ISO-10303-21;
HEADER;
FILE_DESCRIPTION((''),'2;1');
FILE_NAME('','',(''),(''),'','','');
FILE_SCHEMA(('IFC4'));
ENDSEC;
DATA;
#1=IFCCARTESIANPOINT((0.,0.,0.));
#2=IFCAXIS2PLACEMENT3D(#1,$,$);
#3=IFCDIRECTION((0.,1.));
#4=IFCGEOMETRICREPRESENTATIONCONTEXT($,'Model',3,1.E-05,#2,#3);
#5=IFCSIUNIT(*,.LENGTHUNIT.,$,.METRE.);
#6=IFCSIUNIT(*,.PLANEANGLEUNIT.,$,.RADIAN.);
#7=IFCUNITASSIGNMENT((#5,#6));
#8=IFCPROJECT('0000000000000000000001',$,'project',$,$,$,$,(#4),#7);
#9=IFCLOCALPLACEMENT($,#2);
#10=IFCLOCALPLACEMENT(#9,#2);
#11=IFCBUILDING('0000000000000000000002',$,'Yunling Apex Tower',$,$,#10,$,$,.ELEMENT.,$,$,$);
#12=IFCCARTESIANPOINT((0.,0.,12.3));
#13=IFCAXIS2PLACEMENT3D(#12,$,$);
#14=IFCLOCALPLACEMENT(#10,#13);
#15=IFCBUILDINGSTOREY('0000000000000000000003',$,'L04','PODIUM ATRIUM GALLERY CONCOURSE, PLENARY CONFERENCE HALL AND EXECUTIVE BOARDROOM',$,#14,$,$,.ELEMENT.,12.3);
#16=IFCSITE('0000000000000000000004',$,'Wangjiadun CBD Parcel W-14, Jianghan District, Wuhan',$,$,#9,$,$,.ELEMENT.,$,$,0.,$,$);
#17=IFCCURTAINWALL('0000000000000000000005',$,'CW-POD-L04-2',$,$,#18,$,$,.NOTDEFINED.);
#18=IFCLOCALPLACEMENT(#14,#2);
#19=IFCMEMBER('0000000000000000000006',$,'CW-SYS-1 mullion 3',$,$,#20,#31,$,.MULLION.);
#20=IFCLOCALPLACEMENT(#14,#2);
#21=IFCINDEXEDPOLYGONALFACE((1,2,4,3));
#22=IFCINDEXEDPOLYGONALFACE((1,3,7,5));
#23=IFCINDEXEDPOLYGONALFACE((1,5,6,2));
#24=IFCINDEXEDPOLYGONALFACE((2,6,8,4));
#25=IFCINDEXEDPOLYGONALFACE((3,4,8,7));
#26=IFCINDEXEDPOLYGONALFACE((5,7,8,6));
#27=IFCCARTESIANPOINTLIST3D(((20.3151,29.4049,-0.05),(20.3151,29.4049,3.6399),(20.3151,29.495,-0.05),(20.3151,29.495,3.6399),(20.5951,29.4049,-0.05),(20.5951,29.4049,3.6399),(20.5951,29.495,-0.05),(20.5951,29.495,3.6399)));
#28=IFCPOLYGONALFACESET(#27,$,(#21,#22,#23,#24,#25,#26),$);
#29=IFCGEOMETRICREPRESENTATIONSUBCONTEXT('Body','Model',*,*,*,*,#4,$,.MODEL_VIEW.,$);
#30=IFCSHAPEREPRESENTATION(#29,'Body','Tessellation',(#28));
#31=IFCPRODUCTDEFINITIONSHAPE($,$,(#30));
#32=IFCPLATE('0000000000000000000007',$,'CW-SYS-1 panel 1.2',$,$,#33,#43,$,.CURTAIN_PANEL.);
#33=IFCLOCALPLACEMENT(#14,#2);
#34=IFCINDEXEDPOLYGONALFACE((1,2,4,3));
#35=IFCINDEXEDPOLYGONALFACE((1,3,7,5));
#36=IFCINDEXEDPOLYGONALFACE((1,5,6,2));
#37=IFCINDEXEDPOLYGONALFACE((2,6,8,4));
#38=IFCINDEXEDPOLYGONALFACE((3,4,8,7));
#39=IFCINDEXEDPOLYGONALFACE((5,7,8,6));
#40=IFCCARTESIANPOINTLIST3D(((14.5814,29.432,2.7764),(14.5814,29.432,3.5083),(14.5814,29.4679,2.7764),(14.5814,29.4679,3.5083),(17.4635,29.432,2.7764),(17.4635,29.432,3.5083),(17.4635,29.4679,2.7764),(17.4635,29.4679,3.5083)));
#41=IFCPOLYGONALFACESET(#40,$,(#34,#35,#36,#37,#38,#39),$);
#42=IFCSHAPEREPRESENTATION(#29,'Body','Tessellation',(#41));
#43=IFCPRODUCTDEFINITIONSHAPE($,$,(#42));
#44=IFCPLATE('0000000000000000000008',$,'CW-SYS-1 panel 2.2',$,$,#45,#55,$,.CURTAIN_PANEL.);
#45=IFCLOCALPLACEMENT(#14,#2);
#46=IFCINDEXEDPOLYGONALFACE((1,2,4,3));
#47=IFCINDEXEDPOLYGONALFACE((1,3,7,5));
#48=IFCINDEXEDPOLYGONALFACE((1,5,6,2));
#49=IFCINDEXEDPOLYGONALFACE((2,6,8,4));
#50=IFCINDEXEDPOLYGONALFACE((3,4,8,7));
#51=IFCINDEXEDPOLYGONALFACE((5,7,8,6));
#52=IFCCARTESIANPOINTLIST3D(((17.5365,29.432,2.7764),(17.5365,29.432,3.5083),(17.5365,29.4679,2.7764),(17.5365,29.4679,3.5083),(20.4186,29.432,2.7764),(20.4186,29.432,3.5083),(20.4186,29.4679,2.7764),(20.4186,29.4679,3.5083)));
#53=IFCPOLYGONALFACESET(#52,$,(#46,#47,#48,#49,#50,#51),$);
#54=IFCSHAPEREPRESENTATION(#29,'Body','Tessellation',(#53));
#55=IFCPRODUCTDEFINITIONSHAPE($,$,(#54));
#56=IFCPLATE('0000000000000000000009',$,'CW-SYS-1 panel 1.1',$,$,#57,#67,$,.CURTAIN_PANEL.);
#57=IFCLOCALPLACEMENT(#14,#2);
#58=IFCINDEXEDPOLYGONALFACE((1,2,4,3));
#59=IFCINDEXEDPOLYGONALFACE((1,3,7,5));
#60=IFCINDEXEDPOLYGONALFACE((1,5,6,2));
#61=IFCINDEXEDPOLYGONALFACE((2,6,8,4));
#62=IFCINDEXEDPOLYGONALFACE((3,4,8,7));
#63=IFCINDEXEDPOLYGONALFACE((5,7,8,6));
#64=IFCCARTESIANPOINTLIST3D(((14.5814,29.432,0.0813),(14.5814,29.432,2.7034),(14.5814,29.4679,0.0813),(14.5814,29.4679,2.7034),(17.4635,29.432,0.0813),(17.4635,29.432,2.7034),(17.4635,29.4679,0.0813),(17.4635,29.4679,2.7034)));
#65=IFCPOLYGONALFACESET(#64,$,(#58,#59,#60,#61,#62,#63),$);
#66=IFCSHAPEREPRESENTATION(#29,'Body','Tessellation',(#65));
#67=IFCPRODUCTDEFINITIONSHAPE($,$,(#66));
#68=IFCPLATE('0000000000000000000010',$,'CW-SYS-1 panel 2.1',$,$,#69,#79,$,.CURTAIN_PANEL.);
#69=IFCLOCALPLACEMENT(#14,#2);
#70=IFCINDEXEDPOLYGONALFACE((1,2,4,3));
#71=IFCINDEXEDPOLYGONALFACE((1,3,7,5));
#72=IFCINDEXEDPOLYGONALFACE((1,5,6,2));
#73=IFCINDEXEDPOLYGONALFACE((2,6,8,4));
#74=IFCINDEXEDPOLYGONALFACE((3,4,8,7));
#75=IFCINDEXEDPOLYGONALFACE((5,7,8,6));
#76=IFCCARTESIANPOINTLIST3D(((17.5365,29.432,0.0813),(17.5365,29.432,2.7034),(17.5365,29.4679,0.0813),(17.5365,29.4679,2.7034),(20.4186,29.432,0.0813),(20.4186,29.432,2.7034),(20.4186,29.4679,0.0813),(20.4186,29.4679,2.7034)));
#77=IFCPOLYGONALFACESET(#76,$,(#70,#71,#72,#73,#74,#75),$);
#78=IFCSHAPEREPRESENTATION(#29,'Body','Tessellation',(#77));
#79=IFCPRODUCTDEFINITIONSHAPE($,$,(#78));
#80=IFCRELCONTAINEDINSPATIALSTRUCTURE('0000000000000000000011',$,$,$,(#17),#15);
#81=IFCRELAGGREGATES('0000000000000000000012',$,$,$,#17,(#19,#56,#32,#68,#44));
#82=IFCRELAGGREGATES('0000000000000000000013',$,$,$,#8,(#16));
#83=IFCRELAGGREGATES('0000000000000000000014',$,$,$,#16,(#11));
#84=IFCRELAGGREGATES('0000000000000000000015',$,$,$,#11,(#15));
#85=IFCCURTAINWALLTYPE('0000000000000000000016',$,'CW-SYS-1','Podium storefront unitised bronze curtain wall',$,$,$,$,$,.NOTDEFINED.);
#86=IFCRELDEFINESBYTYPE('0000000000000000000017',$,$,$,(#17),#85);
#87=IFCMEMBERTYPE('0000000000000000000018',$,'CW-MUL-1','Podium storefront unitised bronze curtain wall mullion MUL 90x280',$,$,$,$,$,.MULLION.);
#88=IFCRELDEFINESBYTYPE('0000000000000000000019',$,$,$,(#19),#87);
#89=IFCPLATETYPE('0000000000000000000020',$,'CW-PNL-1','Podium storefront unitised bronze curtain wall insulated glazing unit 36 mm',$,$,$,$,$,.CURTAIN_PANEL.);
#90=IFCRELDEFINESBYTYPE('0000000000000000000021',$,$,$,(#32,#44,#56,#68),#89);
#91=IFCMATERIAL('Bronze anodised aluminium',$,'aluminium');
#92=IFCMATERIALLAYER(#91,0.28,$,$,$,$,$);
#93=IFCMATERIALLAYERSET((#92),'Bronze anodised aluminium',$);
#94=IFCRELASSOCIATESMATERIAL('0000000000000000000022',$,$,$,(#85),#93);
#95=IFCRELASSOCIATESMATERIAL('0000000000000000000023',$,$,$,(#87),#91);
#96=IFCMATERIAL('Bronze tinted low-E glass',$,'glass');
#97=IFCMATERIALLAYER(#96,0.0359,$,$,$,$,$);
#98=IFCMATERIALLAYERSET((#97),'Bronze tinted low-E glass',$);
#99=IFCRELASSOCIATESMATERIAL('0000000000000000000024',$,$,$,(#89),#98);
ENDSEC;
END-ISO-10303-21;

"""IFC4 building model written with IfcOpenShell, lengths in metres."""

from ifc_helpers import new_model, si_unit, direction, frame, origin, origin_2d, place, context, subcontext, project, spatial, rectangle, extrude, source, transform, mapped, material, layer, layer_set, material_profile, profile_set, type_object, element, aggregate, save


model = new_model("IFC4")

# Units and contexts
model_context = context("Model", 3, precision=1e-05, world=origin(), true_north=direction((0.0, 1.0)))
body_context = subcontext(model_context, "Body", "Model", "MODEL_VIEW")
ifc_project = project(units=[si_unit("LENGTHUNIT", "METRE"), si_unit("PLANEANGLEUNIT", "RADIAN")], contexts=[model_context])

# Site, building, storey
site_placement = place(None, origin())
site = spatial("IfcSite", under=ifc_project, at=site_placement, Name="Wangjiadun CBD Parcel W-14, Jianghan District, Wuhan", CompositionType="ELEMENT", RefElevation=0.0)
building_placement = place(site_placement, origin())
building = spatial("IfcBuilding", under=site, at=building_placement, Name="Yunling Apex Tower", CompositionType="ELEMENT")
storey_placement = place(building_placement, frame((0.0, 0.0, 12.3)))
storey = spatial("IfcBuildingStorey", under=building, at=storey_placement, Name="L04", Description="PODIUM ATRIUM GALLERY CONCOURSE, PLENARY CONFERENCE HALL AND EXECUTIVE BOARDROOM", CompositionType="ELEMENT", Elevation=12.3)

# Curtain wall, member, plates
ifc_material_1 = material(Name="Bronze anodised aluminium", Category="aluminium")
ifc_layer_1 = layer(ifc_material_1, 0.28)
ifc_layer_set_1 = layer_set([ifc_layer_1], Name="Bronze anodised aluminium")
curtain_wall_type = type_object("IfcCurtainWallType", Name="CW-SYS-1", Description="Podium storefront unitised bronze curtain wall", PredefinedType="NOTDEFINED", material=ifc_layer_set_1)
curtain_wall_placement = place(storey_placement, origin())
curtain_wall = element("IfcCurtainWall", 1, at=curtain_wall_placement, inside=storey, type_object=curtain_wall_type, Name="CW-POD-L04-2", PredefinedType="NOTDEFINED")
ifc_material_profile_1 = material_profile(ifc_material_1, rectangle(XDim=0.0901, YDim=0.28, at=origin_2d()))
ifc_profile_set_1 = profile_set([ifc_material_profile_1], Name="Bronze anodised aluminium")
member_type_1 = type_object("IfcMemberType", Name="CW-MUL-1", Description="Podium storefront unitised bronze curtain wall mullion MUL 90x280", PredefinedType="MULLION", material=ifc_profile_set_1)
shared_shape_1 = source(origin(), body_context, "Body", "SweptSolid", [
    extrude(rectangle(XDim=0.0901, YDim=0.28, at=origin_2d()), origin(), (0.0, 0.0, 1.0), 3.6899),
])
member_1_placement = place(storey_placement, frame((20.4551, 29.45, -0.05), z_axis=(0.0, 0.0, 1.0), x_axis=(0.0, 1.0, 0.0)))
member_1 = element("IfcMember", 2, at=member_1_placement, type_object=member_type_1, Name="CW-SYS-1 mullion 3", PredefinedType="MULLION", context=body_context, shape_type="MappedRepresentation", body=[
    mapped(shared_shape_1, transform((0.0, 0.0, 0.0), scale=1.0)),
])
ifc_material_2 = material(Name="Bronze tinted low-E glass", Category="glass")
ifc_layer_2 = layer(ifc_material_2, 0.0359)
ifc_layer_set_2 = layer_set([ifc_layer_2], Name="Bronze tinted low-E glass")
plate_type = type_object("IfcPlateType", Name="CW-PNL-1", Description="Podium storefront unitised bronze curtain wall insulated glazing unit 36 mm", PredefinedType="CURTAIN_PANEL", material=ifc_layer_set_2)
shared_shape_2 = source(origin(), body_context, "Body", "SweptSolid", [
    extrude(rectangle(XDim=2.8821, YDim=0.0359, at=origin_2d()), origin(), (0.0, 0.0, 1.0), 0.7319),
])
plate_1_placement = place(storey_placement, frame((16.0225, 29.45, 2.7764), z_axis=(0.0, 0.0, 1.0), x_axis=(1.0, 0.0, 0.0)))
plate_1 = element("IfcPlate", 3, at=plate_1_placement, type_object=plate_type, Name="CW-SYS-1 panel 1.2", PredefinedType="CURTAIN_PANEL", context=body_context, shape_type="MappedRepresentation", body=[
    mapped(shared_shape_2, transform((0.0, 0.0, 0.0), scale=1.0)),
])
plate_2_placement = place(storey_placement, frame((18.9775, 29.45, 2.7764), z_axis=(0.0, 0.0, 1.0), x_axis=(1.0, 0.0, 0.0)))
plate_2 = element("IfcPlate", 4, at=plate_2_placement, type_object=plate_type, Name="CW-SYS-1 panel 2.2", PredefinedType="CURTAIN_PANEL", context=body_context, shape_type="MappedRepresentation", body=[
    mapped(shared_shape_2, transform((0.0, 0.0, 0.0), scale=1.0)),
])
shared_shape_3 = source(origin(), body_context, "Body", "SweptSolid", [
    extrude(rectangle(XDim=2.8821, YDim=0.0359, at=origin_2d()), origin(), (0.0, 0.0, 1.0), 2.6221),
])
plate_3_placement = place(storey_placement, frame((16.0225, 29.45, 0.0813), z_axis=(0.0, 0.0, 1.0), x_axis=(1.0, 0.0, 0.0)))
plate_3 = element("IfcPlate", 5, at=plate_3_placement, type_object=plate_type, Name="CW-SYS-1 panel 1.1", PredefinedType="CURTAIN_PANEL", context=body_context, shape_type="MappedRepresentation", body=[
    mapped(shared_shape_3, transform((0.0, 0.0, 0.0), scale=1.0)),
])
plate_4_placement = place(storey_placement, frame((18.9775, 29.45, 0.0813), z_axis=(0.0, 0.0, 1.0), x_axis=(1.0, 0.0, 0.0)))
plate_4 = element("IfcPlate", 6, at=plate_4_placement, type_object=plate_type, Name="CW-SYS-1 panel 2.1", PredefinedType="CURTAIN_PANEL", context=body_context, shape_type="MappedRepresentation", body=[
    mapped(shared_shape_3, transform((0.0, 0.0, 0.0), scale=1.0)),
])
aggregate(curtain_wall, [member_1, plate_3, plate_1, plate_4, plate_2])

save(model, "model.ifc")
